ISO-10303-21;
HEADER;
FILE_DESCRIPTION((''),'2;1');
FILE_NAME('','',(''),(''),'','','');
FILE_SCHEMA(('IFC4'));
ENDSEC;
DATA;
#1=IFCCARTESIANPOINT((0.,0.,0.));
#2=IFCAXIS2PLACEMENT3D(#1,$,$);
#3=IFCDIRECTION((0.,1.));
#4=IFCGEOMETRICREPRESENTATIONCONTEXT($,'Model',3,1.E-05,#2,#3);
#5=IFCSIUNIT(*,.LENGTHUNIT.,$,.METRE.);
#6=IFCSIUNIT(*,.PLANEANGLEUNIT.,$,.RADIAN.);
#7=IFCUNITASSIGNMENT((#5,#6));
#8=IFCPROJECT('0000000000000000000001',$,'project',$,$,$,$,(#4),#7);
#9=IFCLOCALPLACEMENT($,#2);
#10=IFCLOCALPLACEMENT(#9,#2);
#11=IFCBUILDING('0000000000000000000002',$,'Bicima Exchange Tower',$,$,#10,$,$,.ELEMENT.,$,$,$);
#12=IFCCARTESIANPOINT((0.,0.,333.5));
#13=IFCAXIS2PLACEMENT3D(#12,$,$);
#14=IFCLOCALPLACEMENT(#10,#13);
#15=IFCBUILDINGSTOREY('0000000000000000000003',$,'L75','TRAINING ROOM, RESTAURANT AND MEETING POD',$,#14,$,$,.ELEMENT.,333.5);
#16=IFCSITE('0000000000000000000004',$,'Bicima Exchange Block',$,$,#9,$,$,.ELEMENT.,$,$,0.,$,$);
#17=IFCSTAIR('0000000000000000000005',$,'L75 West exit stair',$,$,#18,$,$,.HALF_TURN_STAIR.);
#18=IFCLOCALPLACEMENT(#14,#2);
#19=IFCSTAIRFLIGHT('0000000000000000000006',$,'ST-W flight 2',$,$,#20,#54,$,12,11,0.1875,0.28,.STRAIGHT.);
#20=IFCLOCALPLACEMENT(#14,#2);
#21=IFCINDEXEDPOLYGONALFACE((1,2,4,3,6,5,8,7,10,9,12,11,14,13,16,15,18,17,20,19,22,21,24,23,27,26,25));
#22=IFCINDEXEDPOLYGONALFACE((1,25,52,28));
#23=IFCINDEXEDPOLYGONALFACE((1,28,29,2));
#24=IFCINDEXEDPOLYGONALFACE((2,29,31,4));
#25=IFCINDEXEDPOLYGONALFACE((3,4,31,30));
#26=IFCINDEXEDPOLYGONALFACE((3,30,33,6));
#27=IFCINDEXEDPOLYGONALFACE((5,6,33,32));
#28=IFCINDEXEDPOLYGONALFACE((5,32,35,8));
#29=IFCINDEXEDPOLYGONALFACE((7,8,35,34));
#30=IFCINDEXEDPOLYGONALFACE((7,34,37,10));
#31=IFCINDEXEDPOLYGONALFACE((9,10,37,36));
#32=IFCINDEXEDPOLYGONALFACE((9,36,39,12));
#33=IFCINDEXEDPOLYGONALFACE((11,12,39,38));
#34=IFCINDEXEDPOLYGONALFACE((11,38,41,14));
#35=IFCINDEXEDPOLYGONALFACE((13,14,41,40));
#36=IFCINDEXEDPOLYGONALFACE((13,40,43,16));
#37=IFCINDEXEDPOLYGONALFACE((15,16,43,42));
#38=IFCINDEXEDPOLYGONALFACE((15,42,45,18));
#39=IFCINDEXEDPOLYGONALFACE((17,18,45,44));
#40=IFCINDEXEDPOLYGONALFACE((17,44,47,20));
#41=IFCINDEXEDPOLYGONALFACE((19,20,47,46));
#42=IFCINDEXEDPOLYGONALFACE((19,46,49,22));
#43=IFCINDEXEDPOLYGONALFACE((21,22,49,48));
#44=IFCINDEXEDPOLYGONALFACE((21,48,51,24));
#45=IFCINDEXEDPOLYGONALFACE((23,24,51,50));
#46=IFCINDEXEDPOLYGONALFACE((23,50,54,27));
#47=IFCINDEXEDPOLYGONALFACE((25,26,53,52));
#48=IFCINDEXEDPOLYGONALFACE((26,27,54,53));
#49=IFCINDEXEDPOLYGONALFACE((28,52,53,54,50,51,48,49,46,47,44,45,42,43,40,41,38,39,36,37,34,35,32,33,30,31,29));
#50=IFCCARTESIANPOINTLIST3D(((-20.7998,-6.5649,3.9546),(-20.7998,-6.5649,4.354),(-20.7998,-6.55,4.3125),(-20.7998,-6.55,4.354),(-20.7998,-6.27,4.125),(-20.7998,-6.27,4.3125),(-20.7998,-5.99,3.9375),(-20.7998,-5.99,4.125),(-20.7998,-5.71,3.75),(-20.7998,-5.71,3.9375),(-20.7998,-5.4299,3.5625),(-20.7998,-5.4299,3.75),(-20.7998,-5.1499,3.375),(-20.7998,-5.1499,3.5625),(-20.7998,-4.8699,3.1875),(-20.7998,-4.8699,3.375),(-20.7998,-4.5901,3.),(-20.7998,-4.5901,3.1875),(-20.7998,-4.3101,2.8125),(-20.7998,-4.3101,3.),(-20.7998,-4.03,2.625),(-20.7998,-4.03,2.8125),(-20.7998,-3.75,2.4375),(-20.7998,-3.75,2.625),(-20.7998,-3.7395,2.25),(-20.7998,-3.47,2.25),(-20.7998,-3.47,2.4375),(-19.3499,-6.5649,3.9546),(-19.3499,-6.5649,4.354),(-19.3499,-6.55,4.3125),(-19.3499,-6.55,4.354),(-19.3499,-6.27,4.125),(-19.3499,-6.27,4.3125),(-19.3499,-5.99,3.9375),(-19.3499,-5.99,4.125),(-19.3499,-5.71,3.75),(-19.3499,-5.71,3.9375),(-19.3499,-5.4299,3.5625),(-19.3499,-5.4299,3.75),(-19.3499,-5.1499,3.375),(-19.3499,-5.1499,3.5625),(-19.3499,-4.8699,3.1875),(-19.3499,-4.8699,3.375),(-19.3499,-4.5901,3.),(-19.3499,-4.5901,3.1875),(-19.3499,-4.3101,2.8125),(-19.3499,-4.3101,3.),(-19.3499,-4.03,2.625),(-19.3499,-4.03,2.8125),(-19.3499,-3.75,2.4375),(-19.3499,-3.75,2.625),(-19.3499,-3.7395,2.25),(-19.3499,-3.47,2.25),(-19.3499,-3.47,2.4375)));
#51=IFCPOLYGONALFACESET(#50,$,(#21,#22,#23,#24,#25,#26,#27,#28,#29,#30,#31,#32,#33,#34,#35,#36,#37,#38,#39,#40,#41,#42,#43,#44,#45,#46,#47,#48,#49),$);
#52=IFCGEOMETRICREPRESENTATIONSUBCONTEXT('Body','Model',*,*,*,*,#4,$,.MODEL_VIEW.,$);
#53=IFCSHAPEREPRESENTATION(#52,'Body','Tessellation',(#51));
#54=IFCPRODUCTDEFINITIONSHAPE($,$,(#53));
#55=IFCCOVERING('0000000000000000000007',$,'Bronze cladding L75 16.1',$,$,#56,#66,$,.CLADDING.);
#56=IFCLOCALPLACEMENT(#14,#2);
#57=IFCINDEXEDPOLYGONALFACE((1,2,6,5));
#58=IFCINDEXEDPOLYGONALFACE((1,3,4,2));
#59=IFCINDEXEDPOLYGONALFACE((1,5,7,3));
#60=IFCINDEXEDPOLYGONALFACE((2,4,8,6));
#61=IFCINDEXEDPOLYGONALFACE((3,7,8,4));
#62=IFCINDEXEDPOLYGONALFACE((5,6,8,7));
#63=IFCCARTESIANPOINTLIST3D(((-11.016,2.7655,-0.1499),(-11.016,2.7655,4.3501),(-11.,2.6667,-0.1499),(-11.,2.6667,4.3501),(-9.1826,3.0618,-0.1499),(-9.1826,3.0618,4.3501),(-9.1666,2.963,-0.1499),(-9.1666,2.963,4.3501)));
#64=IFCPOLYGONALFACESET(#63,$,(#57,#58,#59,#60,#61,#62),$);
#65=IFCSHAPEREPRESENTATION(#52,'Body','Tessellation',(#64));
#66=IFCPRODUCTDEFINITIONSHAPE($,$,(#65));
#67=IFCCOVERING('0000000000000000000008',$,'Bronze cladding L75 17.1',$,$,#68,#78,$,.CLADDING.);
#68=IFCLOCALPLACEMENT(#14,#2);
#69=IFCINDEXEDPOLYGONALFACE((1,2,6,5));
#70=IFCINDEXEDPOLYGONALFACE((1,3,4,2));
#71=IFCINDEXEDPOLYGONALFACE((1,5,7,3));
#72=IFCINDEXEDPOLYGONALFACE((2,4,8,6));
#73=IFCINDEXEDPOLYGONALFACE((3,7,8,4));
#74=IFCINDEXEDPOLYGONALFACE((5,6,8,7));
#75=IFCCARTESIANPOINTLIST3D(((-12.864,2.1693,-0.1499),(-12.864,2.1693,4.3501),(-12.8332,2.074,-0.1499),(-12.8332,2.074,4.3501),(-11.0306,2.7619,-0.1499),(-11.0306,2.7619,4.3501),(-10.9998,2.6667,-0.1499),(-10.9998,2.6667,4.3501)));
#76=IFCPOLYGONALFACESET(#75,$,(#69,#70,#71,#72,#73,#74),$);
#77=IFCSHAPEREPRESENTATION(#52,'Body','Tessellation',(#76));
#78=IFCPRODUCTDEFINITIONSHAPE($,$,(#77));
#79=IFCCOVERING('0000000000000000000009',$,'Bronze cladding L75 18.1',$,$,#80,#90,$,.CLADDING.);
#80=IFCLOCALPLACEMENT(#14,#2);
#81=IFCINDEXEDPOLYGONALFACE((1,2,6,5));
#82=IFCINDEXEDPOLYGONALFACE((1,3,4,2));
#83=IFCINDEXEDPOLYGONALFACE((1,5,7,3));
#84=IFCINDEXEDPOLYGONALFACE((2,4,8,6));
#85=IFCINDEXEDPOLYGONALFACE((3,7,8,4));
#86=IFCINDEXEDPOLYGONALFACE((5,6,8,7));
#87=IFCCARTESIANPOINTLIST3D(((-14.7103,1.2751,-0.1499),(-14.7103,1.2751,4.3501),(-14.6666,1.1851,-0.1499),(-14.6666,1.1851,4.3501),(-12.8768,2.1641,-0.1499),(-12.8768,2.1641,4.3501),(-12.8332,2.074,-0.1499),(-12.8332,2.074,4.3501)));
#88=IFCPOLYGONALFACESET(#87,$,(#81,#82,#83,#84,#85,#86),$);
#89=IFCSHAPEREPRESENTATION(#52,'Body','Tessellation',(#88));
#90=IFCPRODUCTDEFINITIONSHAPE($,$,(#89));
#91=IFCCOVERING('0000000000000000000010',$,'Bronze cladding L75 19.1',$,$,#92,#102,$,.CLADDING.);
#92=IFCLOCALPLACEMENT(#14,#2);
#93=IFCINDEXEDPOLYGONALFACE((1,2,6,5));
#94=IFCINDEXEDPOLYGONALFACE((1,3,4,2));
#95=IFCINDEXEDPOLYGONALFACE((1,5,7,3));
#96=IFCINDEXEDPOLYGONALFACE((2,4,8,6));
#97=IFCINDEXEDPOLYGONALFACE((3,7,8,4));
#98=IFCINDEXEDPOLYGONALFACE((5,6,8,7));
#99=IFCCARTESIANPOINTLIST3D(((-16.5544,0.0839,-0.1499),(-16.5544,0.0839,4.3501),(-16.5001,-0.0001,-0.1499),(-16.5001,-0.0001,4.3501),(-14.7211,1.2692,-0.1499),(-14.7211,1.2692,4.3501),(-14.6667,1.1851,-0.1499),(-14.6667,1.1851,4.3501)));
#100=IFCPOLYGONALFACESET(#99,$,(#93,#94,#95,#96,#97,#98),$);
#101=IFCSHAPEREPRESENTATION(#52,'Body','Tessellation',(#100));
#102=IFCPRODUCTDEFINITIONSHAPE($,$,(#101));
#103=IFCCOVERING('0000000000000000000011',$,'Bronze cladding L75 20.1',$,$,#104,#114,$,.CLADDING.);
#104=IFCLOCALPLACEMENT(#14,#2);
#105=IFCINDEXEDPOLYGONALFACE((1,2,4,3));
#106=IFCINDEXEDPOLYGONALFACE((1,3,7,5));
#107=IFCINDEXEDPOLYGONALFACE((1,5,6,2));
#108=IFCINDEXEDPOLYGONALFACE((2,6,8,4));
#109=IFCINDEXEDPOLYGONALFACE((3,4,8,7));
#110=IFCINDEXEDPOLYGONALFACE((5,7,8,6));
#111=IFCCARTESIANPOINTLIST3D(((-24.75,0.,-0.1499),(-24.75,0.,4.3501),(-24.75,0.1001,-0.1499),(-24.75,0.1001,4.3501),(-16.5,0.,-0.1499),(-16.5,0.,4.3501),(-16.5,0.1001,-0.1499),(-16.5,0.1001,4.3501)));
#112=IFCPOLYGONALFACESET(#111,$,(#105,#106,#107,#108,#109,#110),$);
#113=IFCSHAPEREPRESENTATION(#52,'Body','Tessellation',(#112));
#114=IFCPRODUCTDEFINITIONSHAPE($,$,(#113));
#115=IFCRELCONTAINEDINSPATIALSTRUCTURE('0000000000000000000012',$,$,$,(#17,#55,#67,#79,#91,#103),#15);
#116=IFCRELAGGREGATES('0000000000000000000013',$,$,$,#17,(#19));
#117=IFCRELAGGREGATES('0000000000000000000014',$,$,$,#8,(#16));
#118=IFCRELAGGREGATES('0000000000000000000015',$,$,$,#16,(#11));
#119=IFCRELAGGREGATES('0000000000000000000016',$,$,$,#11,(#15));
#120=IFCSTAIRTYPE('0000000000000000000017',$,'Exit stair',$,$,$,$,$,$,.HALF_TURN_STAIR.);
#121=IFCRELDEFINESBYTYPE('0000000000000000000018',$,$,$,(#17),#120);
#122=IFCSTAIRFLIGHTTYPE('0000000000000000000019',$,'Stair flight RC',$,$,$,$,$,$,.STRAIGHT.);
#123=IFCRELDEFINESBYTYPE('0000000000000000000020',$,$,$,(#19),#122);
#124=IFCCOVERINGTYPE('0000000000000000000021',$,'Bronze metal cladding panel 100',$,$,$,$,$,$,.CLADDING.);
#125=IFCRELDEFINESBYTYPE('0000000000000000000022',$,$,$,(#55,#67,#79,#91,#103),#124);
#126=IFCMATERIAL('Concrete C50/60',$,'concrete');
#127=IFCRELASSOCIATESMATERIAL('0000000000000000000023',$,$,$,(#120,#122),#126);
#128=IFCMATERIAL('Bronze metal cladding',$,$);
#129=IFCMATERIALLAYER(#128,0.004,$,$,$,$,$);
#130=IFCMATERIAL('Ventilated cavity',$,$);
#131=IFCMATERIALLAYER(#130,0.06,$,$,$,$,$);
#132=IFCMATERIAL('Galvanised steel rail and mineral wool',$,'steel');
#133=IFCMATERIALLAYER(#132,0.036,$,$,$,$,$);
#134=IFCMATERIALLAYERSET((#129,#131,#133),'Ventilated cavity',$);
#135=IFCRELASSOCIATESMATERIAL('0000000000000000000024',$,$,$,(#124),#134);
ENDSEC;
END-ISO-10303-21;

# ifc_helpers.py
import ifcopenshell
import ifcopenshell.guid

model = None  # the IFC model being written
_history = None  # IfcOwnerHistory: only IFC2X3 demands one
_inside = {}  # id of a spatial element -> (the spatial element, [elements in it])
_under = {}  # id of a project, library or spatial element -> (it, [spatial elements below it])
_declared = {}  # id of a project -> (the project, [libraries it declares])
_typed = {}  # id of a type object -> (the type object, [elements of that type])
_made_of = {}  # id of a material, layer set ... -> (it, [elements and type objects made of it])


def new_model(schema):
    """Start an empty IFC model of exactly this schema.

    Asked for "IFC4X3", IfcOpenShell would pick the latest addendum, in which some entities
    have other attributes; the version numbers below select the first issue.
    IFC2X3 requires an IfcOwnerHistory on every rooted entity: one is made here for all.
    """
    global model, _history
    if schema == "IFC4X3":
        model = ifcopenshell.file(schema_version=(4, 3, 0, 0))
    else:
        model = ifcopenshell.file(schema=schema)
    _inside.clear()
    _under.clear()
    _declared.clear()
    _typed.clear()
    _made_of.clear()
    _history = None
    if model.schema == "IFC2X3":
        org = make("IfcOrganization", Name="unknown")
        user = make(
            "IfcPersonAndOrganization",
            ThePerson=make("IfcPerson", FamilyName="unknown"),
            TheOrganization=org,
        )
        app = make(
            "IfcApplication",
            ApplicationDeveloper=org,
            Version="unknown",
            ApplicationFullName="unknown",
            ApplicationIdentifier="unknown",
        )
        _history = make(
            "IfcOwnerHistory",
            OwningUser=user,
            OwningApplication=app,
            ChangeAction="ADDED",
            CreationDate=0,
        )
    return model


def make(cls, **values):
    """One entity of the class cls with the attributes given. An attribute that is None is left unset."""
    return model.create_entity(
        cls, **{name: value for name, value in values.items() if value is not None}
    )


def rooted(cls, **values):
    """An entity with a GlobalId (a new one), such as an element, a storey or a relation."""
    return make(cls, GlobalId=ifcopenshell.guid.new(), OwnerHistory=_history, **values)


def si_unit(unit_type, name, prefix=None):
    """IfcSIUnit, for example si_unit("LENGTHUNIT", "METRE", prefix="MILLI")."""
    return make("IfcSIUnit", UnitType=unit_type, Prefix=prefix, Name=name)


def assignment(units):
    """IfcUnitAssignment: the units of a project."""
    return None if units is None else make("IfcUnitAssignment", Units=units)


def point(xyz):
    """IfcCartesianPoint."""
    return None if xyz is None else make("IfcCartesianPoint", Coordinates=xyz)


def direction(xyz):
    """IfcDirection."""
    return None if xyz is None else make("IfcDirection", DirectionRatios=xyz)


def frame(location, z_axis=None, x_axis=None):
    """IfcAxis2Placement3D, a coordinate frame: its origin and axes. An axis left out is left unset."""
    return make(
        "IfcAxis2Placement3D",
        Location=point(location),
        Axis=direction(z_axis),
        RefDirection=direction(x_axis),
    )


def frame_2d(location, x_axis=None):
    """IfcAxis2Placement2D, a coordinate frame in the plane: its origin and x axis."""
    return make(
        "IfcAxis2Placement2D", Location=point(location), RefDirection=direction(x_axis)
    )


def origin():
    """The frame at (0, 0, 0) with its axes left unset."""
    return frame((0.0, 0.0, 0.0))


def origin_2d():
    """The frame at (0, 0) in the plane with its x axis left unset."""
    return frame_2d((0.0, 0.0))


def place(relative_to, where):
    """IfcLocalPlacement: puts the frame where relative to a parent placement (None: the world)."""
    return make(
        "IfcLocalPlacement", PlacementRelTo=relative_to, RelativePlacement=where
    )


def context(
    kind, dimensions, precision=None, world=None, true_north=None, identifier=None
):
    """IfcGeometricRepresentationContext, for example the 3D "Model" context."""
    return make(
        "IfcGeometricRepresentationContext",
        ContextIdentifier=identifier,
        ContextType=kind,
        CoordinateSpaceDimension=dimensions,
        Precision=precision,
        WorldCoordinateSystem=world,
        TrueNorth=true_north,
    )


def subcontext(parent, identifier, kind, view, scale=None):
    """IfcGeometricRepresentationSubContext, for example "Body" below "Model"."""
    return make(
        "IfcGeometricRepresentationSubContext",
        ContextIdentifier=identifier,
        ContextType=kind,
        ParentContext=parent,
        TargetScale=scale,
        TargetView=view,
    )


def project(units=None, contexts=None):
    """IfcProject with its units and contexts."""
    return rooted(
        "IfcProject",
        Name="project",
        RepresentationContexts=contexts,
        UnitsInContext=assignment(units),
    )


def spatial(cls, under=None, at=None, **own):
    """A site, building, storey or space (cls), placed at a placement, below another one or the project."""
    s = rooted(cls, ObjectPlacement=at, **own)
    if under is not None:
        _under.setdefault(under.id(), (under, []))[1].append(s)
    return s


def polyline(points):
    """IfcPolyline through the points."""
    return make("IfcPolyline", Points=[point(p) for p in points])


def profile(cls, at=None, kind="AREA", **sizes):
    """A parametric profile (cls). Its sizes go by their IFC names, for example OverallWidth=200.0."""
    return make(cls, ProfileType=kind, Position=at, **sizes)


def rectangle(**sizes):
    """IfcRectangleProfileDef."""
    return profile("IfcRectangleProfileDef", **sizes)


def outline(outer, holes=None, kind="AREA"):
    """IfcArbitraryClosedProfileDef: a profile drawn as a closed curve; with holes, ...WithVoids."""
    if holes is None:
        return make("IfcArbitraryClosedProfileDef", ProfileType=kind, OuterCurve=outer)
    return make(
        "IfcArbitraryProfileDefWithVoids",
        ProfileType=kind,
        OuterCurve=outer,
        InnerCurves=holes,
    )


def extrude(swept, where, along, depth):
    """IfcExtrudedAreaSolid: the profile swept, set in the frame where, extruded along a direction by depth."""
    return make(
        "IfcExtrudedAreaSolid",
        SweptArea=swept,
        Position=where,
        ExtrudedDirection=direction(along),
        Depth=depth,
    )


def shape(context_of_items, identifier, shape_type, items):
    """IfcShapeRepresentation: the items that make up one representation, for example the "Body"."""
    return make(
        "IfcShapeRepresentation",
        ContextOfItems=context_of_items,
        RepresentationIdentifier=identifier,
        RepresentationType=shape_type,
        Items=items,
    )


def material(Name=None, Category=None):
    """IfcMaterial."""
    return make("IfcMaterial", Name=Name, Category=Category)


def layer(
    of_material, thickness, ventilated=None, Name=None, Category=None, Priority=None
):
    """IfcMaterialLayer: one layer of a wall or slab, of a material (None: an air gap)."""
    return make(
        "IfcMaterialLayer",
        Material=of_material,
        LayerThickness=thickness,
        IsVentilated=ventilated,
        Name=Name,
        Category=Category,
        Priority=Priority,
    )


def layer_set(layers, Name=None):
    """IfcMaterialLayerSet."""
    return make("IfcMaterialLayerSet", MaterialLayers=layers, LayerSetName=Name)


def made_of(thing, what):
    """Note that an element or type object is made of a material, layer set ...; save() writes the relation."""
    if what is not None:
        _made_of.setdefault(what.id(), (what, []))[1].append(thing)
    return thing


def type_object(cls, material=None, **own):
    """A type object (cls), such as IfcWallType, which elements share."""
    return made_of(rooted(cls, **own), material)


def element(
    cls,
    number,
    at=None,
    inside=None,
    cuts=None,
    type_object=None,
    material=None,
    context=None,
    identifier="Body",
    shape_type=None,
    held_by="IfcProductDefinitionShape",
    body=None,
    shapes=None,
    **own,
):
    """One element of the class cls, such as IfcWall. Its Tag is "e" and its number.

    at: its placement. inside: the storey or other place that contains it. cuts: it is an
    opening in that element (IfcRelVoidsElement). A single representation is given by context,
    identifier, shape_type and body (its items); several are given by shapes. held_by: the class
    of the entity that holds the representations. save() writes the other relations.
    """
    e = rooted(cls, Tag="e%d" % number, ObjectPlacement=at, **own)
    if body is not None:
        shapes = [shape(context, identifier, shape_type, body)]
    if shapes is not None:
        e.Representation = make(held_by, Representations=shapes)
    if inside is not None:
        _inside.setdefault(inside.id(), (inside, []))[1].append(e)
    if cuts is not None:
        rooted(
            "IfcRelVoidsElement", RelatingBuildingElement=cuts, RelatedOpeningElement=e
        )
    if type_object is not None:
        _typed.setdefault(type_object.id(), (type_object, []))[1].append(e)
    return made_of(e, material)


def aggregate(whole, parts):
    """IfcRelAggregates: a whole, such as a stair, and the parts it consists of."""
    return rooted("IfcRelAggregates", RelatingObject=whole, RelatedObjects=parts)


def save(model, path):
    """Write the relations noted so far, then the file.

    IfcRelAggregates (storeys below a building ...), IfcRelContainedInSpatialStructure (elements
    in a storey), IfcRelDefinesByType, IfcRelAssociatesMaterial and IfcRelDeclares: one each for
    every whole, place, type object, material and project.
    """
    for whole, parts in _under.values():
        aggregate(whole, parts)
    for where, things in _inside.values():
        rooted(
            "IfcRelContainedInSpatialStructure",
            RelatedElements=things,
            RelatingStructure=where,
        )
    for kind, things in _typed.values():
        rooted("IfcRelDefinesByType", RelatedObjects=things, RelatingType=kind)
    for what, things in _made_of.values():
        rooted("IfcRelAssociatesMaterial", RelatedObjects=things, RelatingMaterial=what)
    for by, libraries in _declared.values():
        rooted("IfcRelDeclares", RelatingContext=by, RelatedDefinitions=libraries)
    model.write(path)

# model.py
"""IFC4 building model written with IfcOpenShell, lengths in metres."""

from ifc_helpers import new_model, si_unit, direction, frame, origin, origin_2d, place, context, subcontext, project, spatial, polyline, rectangle, outline, extrude, material, layer, layer_set, type_object, element, aggregate, save


model = new_model("IFC4")

# Units and contexts
model_context = context("Model", 3, precision=1e-05, world=origin(), true_north=direction((0.0, 1.0)))
body_context = subcontext(model_context, "Body", "Model", "MODEL_VIEW")
ifc_project = project(units=[si_unit("LENGTHUNIT", "METRE"), si_unit("PLANEANGLEUNIT", "RADIAN")], contexts=[model_context])

# Site, building, storey
site_placement = place(None, origin())
site = spatial("IfcSite", under=ifc_project, at=site_placement, Name="Bicima Exchange Block", CompositionType="ELEMENT", RefElevation=0.0)
building_placement = place(site_placement, origin())
building = spatial("IfcBuilding", under=site, at=building_placement, Name="Bicima Exchange Tower", CompositionType="ELEMENT")
storey_placement = place(building_placement, frame((0.0, 0.0, 333.5)))
storey = spatial("IfcBuildingStorey", under=building, at=storey_placement, Name="L75", Description="TRAINING ROOM, RESTAURANT AND MEETING POD", CompositionType="ELEMENT", Elevation=333.5)

# Shared definitions
ifc_material_1 = material(Name="Concrete C50/60", Category="concrete")

# Stair, stair flight
stair_type = type_object("IfcStairType", Name="Exit stair", PredefinedType="HALF_TURN_STAIR", material=ifc_material_1)
stair_placement = place(storey_placement, origin())
stair = element("IfcStair", 1, at=stair_placement, inside=storey, type_object=stair_type, Name="L75 West exit stair", PredefinedType="HALF_TURN_STAIR")
stair_flight_type = type_object("IfcStairFlightType", Name="Stair flight RC", PredefinedType="STRAIGHT", material=ifc_material_1)
stair_flight_1_placement = place(storey_placement, frame((-20.075, -3.47, 2.25), z_axis=(0.0, 0.0, 1.0), x_axis=(0.0, -1.0, 0.0)))
stair_flight_1 = element("IfcStairFlight", 2, at=stair_flight_1_placement, type_object=stair_flight_type, Name="ST-W flight 2", NumberOfRisers=12, NumberOfTreads=11, PredefinedType="STRAIGHT", RiserHeight=0.1875, TreadLength=0.28, context=body_context, shape_type="SweptSolid", body=[
    extrude(outline(polyline([(0.0, 0.0), (0.0, 0.1875), (0.28, 0.1875), (0.28, 0.375), (0.5601, 0.375), (0.5601, 0.5625), (0.8401, 0.5625), (0.8401, 0.75), (1.1201, 0.75), (1.1201, 0.9375), (1.3999, 0.9375), (1.3999, 1.125), (1.6799, 1.125), (1.6799, 1.3125), (1.96, 1.3125), (1.96, 1.5), (2.24, 1.5), (2.24, 1.6875), (2.52, 1.6875), (2.52, 1.875), (2.8, 1.875), (2.8, 2.0625), (3.0801, 2.0625), (3.0801, 2.104), (3.095, 2.104), (3.095, 1.7046), (0.2695, 0.0), (0.0, 0.0)])), frame((0.0, 0.7251, 0.0), z_axis=(0.0, -1.0, 0.0), x_axis=(1.0, 0.0, 0.0)), (0.0, 0.0, 1.0), 1.45),
])
aggregate(stair, [stair_flight_1])

# Coverings
ifc_material_2 = material(Name="Bronze metal cladding")
ifc_layer_1 = layer(ifc_material_2, 0.004)
ifc_material_3 = material(Name="Ventilated cavity")
ifc_layer_2 = layer(ifc_material_3, 0.06)
ifc_material_4 = material(Name="Galvanised steel rail and mineral wool", Category="steel")
ifc_layer_3 = layer(ifc_material_4, 0.036)
ifc_layer_set_1 = layer_set([ifc_layer_1, ifc_layer_2, ifc_layer_3], Name="Ventilated cavity")
covering_type = type_object("IfcCoveringType", Name="Bronze metal cladding panel 100", PredefinedType="CLADDING", material=ifc_layer_set_1)
covering_1_placement = place(storey_placement, frame((-10.0913, 2.8643, -0.1499), z_axis=(0.0, 0.0, 1.0), x_axis=(-0.98719, -0.15955, 0.0)))
element("IfcCovering", 3, at=covering_1_placement, inside=storey, type_object=covering_type, Name="Bronze cladding L75 16.1", PredefinedType="CLADDING", context=body_context, shape_type="SweptSolid", body=[
    extrude(rectangle(XDim=1.8572, YDim=0.1001, at=origin_2d()), origin(), (0.0, 0.0, 1.0), 4.5),
])
covering_2_placement = place(storey_placement, frame((-11.9319, 2.418, -0.1499), z_axis=(0.0, 0.0, 1.0), x_axis=(-0.951525, -0.307573, 0.0)))
element("IfcCovering", 4, at=covering_2_placement, inside=storey, type_object=covering_type, Name="Bronze cladding L75 17.1", PredefinedType="CLADDING", context=body_context, shape_type="SweptSolid", body=[
    extrude(rectangle(XDim=1.9268, YDim=0.1001, at=origin_2d()), origin(), (0.0, 0.0, 1.0), 4.5),
])
covering_3_placement = place(storey_placement, frame((-13.7717, 1.6746, -0.1499), z_axis=(0.0, 0.0, 1.0), x_axis=(-0.899818, -0.436265, 0.0)))
element("IfcCovering", 5, at=covering_3_placement, inside=storey, type_object=covering_type, Name="Bronze cladding L75 18.1", PredefinedType="CLADDING", context=body_context, shape_type="SweptSolid", body=[
    extrude(rectangle(XDim=2.0376, YDim=0.1001, at=origin_2d()), origin(), (0.0, 0.0, 1.0), 4.5),
])
covering_4_placement = place(storey_placement, frame((-15.6106, 0.6345, -0.1499), z_axis=(0.0, 0.0, 1.0), x_axis=(-0.83979, -0.542911, 0.0)))
element("IfcCovering", 6, at=covering_4_placement, inside=storey, type_object=covering_type, Name="Bronze cladding L75 19.1", PredefinedType="CLADDING", context=body_context, shape_type="SweptSolid", body=[
    extrude(rectangle(XDim=2.1831, YDim=0.1001, at=origin_2d()), origin(), (0.0, 0.0, 1.0), 4.5),
])
covering_5_placement = place(storey_placement, frame((-20.625, 0.05, -0.1499), z_axis=(0.0, 0.0, 1.0), x_axis=(-1.0, 0.0, 0.0)))
element("IfcCovering", 7, at=covering_5_placement, inside=storey, type_object=covering_type, Name="Bronze cladding L75 20.1", PredefinedType="CLADDING", context=body_context, shape_type="SweptSolid", body=[
    extrude(rectangle(XDim=8.25, YDim=0.1001, at=origin_2d()), origin(), (0.0, 0.0, 1.0), 4.5),
])

save(model, "model.ifc")
